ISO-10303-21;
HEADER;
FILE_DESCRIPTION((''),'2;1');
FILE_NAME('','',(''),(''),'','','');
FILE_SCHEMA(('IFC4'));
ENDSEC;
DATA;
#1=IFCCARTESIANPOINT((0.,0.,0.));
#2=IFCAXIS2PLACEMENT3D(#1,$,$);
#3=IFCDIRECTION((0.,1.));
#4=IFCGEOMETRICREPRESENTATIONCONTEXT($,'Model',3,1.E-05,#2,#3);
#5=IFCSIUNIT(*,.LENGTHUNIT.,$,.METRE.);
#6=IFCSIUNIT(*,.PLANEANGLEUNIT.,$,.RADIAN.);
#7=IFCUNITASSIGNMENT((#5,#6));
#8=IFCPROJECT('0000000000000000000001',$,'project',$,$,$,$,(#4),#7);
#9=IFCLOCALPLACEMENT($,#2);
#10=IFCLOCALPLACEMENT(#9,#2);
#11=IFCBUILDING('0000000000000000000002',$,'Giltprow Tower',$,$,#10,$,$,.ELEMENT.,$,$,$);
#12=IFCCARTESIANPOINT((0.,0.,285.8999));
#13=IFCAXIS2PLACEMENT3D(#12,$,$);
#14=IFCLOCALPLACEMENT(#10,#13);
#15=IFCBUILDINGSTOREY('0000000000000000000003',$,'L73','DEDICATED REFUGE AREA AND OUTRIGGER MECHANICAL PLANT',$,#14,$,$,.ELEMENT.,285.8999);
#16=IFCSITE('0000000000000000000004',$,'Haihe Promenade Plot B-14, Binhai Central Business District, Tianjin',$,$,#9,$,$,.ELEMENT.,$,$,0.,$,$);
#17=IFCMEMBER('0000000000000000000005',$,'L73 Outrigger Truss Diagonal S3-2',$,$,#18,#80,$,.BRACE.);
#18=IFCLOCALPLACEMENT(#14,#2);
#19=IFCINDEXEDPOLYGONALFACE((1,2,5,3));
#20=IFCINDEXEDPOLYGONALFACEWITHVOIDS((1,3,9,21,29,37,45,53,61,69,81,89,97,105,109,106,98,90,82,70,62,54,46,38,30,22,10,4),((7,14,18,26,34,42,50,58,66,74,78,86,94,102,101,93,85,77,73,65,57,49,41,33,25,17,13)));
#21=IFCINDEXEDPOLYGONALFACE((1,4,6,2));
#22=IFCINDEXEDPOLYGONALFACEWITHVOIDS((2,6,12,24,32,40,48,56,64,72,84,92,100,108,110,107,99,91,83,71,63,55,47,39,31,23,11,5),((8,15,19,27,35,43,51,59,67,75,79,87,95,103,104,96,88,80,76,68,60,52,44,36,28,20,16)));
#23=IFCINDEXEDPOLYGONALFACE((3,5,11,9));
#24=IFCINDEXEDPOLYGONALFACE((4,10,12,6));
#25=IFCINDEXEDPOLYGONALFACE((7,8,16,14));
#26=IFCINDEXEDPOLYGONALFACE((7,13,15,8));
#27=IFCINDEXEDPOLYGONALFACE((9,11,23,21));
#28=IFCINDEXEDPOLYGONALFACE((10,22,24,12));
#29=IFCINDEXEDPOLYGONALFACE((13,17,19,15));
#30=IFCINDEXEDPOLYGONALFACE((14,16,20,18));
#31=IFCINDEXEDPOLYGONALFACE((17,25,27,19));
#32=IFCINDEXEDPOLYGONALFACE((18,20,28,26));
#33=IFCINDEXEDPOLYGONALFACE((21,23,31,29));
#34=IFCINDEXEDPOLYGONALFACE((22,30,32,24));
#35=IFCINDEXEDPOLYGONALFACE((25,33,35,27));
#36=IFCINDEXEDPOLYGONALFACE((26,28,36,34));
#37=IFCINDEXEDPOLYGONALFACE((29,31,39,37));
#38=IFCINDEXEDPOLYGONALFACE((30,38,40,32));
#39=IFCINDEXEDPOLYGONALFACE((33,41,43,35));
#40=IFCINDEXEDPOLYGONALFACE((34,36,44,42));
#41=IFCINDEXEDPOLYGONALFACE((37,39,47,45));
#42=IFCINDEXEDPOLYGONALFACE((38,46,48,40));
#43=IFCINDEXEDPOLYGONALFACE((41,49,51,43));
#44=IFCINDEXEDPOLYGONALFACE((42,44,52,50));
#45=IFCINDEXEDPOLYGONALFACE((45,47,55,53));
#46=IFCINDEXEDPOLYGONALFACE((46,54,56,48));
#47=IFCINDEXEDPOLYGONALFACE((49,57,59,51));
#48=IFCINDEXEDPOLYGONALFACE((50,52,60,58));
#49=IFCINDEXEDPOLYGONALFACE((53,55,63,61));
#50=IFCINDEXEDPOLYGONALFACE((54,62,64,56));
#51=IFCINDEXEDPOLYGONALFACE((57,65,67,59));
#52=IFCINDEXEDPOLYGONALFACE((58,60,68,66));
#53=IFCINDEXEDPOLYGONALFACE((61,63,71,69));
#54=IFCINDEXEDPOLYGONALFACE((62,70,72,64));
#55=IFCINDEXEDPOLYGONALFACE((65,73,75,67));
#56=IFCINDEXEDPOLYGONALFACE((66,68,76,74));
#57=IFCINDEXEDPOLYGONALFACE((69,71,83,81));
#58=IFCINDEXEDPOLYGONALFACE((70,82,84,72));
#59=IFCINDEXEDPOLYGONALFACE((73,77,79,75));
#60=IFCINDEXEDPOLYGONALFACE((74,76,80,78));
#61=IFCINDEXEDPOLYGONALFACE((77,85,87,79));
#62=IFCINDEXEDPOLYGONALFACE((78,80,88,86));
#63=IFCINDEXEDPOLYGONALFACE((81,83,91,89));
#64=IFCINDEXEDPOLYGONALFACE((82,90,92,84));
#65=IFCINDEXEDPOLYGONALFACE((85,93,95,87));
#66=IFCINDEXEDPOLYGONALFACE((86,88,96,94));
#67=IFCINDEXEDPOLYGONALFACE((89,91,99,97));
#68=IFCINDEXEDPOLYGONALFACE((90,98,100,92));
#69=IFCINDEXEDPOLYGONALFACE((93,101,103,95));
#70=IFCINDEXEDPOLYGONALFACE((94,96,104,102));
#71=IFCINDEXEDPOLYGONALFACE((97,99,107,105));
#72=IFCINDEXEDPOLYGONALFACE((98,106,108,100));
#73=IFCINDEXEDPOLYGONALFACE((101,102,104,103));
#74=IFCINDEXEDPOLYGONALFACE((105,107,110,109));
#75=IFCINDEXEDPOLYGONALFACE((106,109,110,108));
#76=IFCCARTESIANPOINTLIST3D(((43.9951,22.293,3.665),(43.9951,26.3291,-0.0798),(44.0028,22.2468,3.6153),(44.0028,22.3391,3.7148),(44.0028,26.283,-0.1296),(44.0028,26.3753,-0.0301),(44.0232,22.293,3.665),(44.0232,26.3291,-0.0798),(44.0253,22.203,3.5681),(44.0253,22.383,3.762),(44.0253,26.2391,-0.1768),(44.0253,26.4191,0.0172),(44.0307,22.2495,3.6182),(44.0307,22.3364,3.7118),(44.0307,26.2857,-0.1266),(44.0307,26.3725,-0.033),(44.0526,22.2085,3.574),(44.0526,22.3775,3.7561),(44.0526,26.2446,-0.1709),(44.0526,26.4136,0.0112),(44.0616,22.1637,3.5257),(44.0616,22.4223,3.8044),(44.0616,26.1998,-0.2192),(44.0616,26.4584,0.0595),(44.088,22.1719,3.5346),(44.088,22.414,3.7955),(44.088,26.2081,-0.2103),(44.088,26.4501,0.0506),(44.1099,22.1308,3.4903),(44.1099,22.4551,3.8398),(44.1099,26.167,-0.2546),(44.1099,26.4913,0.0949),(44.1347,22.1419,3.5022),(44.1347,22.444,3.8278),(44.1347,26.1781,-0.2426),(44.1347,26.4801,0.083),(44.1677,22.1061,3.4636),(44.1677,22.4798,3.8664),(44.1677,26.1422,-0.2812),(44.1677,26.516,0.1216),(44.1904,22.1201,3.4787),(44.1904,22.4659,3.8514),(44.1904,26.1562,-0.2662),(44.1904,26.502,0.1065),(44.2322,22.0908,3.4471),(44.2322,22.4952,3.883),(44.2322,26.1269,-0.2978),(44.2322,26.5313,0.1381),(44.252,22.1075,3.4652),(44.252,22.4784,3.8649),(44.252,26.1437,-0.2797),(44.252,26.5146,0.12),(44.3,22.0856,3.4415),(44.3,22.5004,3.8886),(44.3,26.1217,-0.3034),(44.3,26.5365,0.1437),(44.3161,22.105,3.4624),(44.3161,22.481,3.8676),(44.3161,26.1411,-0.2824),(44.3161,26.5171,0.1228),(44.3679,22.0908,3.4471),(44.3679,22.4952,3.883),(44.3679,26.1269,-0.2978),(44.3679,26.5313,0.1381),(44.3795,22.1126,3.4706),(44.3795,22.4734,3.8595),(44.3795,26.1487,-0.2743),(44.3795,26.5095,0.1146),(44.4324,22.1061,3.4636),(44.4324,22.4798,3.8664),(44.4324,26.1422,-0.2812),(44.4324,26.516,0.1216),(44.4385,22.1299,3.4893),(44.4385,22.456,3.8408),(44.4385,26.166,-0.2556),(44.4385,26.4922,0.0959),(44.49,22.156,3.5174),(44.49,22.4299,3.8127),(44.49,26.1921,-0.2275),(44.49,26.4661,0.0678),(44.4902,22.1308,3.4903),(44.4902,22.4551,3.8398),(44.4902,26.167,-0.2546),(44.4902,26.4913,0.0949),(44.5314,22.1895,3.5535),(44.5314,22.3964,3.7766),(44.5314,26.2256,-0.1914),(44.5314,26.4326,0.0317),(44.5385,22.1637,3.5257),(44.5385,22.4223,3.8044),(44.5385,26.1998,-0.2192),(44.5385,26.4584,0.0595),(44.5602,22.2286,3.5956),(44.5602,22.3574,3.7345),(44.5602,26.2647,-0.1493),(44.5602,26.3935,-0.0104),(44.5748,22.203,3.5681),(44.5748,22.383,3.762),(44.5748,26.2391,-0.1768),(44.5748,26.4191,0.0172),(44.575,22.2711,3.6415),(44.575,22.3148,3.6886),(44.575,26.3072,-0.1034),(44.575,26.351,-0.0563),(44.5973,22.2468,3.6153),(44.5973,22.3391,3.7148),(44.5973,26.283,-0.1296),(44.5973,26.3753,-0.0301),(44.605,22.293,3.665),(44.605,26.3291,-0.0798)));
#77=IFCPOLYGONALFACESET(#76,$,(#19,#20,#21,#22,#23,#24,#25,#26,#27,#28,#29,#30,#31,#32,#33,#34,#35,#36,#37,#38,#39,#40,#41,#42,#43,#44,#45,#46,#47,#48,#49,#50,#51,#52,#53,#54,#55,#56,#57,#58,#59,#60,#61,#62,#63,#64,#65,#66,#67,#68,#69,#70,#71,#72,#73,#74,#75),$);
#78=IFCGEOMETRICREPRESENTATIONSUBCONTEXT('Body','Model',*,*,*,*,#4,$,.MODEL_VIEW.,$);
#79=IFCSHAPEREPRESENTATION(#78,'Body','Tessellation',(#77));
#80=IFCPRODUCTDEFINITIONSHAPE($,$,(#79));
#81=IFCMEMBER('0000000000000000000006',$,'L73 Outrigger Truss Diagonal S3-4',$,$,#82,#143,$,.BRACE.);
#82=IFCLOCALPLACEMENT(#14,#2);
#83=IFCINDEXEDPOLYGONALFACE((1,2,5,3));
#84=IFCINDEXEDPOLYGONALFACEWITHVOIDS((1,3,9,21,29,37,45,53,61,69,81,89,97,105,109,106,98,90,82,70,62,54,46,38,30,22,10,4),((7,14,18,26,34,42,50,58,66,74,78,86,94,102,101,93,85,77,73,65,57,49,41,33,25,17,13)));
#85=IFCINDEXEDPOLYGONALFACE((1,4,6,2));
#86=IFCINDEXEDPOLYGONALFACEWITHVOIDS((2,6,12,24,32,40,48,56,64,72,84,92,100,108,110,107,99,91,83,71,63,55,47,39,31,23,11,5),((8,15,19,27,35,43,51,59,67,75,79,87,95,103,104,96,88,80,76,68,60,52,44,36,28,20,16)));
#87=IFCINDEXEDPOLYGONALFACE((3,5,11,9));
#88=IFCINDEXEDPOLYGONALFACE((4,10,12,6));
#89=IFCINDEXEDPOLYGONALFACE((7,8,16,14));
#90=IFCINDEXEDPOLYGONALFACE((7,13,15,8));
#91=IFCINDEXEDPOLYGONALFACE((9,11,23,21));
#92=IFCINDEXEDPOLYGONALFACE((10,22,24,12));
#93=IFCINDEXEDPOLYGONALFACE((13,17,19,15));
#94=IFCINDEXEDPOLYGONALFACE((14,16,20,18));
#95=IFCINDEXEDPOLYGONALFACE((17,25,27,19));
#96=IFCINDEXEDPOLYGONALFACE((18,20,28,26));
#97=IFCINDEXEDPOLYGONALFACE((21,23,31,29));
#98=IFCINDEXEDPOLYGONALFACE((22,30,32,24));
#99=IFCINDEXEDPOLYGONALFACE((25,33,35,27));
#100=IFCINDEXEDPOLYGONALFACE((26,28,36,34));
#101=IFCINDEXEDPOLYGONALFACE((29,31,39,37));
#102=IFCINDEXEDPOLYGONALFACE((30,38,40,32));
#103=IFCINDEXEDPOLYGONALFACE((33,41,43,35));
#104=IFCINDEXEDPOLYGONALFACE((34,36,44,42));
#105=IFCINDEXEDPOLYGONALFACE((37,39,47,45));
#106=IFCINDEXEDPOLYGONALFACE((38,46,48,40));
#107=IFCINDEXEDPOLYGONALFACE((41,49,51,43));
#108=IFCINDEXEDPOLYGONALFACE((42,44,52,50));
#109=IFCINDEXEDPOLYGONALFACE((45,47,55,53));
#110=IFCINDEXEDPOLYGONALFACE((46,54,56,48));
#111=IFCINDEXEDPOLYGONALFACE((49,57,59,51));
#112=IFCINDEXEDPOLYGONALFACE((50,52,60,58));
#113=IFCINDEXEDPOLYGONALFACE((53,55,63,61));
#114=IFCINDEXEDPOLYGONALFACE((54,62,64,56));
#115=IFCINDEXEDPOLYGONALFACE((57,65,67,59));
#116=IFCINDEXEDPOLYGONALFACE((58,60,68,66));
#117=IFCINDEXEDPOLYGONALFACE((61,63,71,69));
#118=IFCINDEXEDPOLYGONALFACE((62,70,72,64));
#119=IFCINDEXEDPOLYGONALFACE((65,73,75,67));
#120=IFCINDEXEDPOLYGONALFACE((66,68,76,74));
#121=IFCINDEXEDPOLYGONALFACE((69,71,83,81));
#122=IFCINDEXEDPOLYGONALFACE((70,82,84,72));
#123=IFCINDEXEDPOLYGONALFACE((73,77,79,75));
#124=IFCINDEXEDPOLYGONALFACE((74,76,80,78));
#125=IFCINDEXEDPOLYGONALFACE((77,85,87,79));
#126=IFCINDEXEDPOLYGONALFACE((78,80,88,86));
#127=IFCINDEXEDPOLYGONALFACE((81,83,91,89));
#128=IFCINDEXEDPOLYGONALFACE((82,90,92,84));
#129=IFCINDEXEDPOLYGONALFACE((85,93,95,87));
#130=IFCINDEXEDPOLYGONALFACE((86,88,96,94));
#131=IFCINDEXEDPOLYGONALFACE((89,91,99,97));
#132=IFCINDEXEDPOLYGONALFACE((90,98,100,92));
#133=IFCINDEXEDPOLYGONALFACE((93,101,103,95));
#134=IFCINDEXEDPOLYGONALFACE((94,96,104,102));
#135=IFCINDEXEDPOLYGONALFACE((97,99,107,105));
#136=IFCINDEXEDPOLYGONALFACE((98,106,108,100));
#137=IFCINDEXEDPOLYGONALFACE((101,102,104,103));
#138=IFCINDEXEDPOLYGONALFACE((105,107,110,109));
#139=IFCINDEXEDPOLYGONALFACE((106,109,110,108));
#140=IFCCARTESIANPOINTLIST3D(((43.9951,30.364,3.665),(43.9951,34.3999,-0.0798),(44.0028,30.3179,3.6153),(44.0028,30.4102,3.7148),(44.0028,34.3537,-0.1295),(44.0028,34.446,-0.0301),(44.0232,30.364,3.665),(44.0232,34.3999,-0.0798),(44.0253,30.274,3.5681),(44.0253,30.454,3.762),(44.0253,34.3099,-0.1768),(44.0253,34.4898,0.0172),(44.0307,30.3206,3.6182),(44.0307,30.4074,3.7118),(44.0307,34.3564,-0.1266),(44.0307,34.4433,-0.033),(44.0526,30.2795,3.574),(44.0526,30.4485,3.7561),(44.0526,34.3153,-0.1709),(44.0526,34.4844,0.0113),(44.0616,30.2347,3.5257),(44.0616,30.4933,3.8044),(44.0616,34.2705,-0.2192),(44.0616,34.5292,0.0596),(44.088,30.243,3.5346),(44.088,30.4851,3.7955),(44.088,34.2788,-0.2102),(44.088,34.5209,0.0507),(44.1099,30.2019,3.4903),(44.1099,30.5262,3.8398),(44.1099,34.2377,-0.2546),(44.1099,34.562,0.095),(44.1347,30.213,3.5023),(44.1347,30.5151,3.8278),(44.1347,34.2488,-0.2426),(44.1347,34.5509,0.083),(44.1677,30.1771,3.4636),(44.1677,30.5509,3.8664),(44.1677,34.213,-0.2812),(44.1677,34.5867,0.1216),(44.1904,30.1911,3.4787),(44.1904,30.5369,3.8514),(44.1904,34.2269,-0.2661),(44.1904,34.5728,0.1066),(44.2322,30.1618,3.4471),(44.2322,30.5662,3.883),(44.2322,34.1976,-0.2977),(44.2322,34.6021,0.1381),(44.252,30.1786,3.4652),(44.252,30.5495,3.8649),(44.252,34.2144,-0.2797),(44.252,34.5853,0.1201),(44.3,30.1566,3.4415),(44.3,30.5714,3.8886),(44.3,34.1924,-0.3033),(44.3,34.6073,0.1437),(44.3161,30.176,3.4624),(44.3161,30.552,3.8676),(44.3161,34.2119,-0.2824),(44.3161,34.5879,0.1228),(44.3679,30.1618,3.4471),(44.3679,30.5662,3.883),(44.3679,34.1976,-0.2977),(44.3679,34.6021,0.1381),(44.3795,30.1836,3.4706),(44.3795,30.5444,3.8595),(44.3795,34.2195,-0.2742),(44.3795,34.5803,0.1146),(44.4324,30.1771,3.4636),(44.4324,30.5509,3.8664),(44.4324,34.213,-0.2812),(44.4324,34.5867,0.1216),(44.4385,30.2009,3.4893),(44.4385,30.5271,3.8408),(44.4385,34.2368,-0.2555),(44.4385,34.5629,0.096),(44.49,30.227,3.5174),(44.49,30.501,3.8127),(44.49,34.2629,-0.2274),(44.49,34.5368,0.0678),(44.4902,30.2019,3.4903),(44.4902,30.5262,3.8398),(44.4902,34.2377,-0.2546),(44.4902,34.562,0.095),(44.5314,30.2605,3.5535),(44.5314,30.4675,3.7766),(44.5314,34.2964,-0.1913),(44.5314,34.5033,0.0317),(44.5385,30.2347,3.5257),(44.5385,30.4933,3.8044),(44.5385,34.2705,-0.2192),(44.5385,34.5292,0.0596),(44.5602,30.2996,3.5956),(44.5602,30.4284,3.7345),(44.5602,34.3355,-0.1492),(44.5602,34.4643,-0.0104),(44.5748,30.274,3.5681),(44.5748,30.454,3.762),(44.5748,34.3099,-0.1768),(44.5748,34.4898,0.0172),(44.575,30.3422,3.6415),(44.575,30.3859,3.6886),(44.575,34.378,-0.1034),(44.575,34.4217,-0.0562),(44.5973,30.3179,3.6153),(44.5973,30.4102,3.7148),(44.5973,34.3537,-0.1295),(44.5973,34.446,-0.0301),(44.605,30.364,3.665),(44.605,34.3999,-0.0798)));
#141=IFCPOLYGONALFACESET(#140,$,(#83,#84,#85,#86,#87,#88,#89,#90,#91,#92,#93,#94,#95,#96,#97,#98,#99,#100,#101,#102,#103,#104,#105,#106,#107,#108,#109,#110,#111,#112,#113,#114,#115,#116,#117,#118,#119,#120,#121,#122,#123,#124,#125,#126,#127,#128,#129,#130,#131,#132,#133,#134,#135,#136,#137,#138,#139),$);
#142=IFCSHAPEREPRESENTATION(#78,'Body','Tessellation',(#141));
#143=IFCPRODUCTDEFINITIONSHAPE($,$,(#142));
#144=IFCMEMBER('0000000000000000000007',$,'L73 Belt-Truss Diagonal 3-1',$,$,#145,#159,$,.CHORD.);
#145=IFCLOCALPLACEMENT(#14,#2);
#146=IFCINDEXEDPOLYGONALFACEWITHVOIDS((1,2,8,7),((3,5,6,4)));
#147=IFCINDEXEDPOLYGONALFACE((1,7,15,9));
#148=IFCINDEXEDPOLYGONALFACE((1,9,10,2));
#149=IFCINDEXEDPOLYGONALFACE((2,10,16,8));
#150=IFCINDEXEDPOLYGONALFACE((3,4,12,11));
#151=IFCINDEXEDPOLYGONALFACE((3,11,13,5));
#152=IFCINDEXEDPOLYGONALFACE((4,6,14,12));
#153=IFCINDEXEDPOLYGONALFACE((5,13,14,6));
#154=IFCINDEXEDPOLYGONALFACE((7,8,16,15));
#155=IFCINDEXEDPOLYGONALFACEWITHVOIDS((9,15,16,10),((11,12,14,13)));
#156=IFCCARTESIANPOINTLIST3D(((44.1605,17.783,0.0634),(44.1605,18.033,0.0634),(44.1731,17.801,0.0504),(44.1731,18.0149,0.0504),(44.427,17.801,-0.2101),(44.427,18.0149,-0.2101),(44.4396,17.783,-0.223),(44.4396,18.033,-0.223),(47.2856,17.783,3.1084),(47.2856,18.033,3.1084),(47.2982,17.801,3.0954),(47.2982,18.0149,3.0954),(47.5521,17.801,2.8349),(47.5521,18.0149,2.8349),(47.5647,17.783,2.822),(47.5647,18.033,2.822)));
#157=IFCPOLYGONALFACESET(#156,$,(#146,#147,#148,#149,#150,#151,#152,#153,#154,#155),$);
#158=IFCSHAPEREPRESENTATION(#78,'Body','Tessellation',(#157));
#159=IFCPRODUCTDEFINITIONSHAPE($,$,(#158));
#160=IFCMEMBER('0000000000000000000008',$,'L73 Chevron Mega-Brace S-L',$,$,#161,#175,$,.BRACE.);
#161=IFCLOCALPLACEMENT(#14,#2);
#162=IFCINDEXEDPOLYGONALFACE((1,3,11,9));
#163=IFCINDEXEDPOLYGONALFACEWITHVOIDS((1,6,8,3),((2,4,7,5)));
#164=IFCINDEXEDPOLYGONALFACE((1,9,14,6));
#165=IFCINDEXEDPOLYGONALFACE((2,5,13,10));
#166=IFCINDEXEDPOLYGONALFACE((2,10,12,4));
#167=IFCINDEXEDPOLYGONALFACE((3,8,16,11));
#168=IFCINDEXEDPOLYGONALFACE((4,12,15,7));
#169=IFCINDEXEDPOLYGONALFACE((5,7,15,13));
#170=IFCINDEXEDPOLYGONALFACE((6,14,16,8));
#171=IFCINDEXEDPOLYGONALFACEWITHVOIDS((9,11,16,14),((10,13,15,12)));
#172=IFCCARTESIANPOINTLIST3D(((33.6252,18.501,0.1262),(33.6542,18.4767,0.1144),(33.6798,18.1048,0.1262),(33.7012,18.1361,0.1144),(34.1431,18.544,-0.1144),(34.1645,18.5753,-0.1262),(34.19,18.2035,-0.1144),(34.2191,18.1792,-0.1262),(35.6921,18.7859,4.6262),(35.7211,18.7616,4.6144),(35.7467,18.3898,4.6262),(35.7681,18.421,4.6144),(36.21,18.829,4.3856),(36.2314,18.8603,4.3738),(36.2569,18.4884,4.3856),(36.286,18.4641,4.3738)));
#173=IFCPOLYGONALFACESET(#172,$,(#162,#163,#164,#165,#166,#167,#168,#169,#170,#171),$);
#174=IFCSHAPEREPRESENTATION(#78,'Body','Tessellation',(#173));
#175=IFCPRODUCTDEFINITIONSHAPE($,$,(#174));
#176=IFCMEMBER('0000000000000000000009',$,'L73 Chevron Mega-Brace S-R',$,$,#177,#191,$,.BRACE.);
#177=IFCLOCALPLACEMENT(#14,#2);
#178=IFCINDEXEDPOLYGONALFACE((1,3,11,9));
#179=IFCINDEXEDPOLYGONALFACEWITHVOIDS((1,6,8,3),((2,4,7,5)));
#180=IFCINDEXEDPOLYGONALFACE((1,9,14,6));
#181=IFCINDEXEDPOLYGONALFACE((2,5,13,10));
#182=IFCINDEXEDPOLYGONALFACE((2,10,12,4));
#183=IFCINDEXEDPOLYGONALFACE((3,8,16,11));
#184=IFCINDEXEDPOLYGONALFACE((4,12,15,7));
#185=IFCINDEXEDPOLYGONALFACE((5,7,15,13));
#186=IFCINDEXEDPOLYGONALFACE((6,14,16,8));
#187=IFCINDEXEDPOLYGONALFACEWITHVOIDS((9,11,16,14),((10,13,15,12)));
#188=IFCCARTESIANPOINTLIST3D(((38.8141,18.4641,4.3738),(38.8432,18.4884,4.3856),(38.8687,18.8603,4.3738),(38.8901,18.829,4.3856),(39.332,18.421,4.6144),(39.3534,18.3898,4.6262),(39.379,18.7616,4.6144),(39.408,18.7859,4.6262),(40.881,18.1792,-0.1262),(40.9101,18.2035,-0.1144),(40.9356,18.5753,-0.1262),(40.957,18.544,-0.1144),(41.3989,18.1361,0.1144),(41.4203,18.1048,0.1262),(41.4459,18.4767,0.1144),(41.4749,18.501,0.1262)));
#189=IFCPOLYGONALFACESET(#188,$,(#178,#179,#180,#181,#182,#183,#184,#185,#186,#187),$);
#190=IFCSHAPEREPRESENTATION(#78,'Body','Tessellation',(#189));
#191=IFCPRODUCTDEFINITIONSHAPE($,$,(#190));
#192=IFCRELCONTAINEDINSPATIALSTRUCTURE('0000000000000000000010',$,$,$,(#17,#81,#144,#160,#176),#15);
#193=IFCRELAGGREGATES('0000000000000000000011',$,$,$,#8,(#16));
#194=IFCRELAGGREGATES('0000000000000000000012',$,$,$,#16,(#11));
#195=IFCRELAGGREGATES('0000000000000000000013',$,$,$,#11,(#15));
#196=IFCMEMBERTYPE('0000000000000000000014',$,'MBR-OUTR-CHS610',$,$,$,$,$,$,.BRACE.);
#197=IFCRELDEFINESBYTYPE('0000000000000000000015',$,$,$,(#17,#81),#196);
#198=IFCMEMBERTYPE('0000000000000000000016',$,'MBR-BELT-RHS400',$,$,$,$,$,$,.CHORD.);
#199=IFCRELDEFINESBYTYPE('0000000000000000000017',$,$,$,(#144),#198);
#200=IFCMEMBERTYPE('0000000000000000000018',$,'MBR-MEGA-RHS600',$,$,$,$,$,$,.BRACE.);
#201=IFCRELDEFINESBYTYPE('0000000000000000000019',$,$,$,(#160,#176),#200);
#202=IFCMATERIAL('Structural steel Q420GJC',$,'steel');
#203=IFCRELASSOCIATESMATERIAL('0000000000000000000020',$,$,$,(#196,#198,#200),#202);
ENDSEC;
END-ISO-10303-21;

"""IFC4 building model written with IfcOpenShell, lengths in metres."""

from ifc_helpers import new_model, si_unit, direction, frame, origin, origin_2d, place, context, subcontext, project, spatial, hollow_rectangle, hollow_circle, extrude, source, transform, mapped, material, material_profile, profile_set, type_object, element, save


model = new_model("IFC4")

# Units and contexts
model_context = context("Model", 3, precision=1e-05, world=origin(), true_north=direction((0.0, 1.0)))
body_context = subcontext(model_context, "Body", "Model", "MODEL_VIEW")
ifc_project = project(units=[si_unit("LENGTHUNIT", "METRE"), si_unit("PLANEANGLEUNIT", "RADIAN")], contexts=[model_context])

# Site, building, storey
site_placement = place(None, origin())
site = spatial("IfcSite", under=ifc_project, at=site_placement, Name="Haihe Promenade Plot B-14, Binhai Central Business District, Tianjin", CompositionType="ELEMENT", RefElevation=0.0)
building_placement = place(site_placement, origin())
building = spatial("IfcBuilding", under=site, at=building_placement, Name="Giltprow Tower", CompositionType="ELEMENT")
storey_placement = place(building_placement, frame((0.0, 0.0, 285.8999)))
storey = spatial("IfcBuildingStorey", under=building, at=storey_placement, Name="L73", Description="DEDICATED REFUGE AREA AND OUTRIGGER MECHANICAL PLANT", CompositionType="ELEMENT", Elevation=285.8999)

# Shared definitions
ifc_material_1 = material(Name="Structural steel Q420GJC", Category="steel")

# Members
ifc_material_profile_1 = material_profile(ifc_material_1, hollow_circle(Radius=0.3049, WallThickness=0.0281, at=origin_2d()), Name="CHS 610x28")
ifc_profile_set_1 = profile_set([ifc_material_profile_1], Name="Structural steel Q420GJC")
member_type_1 = type_object("IfcMemberType", Name="MBR-OUTR-CHS610", PredefinedType="BRACE", material=ifc_profile_set_1)
shared_shape_1 = source(origin(), body_context, "Body", "SweptSolid", [
    extrude(hollow_circle(Radius=0.3049, WallThickness=0.0281, at=origin_2d()), origin(), (0.0, 0.0, 1.0), 5.5059),
])
member_1_placement = place(storey_placement, frame((44.3, 22.293, 3.665), z_axis=(0.0, 0.733062, -0.680162), x_axis=(-1.0, 0.0, 0.0)))
element("IfcMember", 1, at=member_1_placement, inside=storey, type_object=member_type_1, Name="L73 Outrigger Truss Diagonal S3-2", PredefinedType="BRACE", context=body_context, shape_type="MappedRepresentation", body=[
    mapped(shared_shape_1, transform((0.0, 0.0, 0.0), x_axis=(1.0, 0.0, 0.0), y_axis=(0.0, 1.0, 0.0), z_axis=(0.0, 0.0, 1.0), scale=1.0)),
])
shared_shape_2 = source(origin(), body_context, "Body", "SweptSolid", [
    extrude(hollow_circle(Radius=0.3049, WallThickness=0.0281, at=origin_2d()), origin(), (0.0, 0.0, 1.0), 5.5056),
])
member_2_placement = place(storey_placement, frame((44.3, 30.364, 3.665), z_axis=(0.0, 0.733041, -0.680184), x_axis=(-1.0, 0.0, 0.0)))
element("IfcMember", 2, at=member_2_placement, inside=storey, type_object=member_type_1, Name="L73 Outrigger Truss Diagonal S3-4", PredefinedType="BRACE", context=body_context, shape_type="MappedRepresentation", body=[
    mapped(shared_shape_2, transform((0.0, 0.0, 0.0), x_axis=(1.0, 0.0, 0.0), y_axis=(0.0, 1.0, 0.0), z_axis=(0.0, 0.0, 1.0), scale=1.0)),
])
ifc_material_profile_2 = material_profile(ifc_material_1, hollow_rectangle(XDim=0.25, YDim=0.3999, WallThickness=0.0181, at=origin_2d()), Name="RHS 400x250x18")
ifc_profile_set_2 = profile_set([ifc_material_profile_2], Name="Structural steel Q420GJC")
member_type_2 = type_object("IfcMemberType", Name="MBR-BELT-RHS400", PredefinedType="CHORD", material=ifc_profile_set_2)
shared_shape_3 = source(origin(), body_context, "Body", "SweptSolid", [
    extrude(hollow_rectangle(XDim=0.25, YDim=0.3999, WallThickness=0.0181, at=origin_2d()), origin(), (0.0, 0.0, 1.0), 4.3633),
])
member_3_placement = place(storey_placement, frame((44.3, 17.908, -0.0798), z_axis=(0.716224, 0.0, 0.697871), x_axis=(0.0, 1.0, 0.0)))
element("IfcMember", 3, at=member_3_placement, inside=storey, type_object=member_type_2, Name="L73 Belt-Truss Diagonal 3-1", PredefinedType="CHORD", context=body_context, shape_type="MappedRepresentation", body=[
    mapped(shared_shape_3, transform((0.0, 0.0, 0.0), x_axis=(1.0, 0.0, 0.0), y_axis=(0.0, 1.0, 0.0), z_axis=(0.0, 0.0, 1.0), scale=1.0)),
])
ifc_material_profile_3 = material_profile(ifc_material_1, hollow_rectangle(XDim=0.3999, YDim=0.6001, WallThickness=0.0281, at=origin_2d()), Name="RHS 600x400x28")
ifc_profile_set_3 = profile_set([ifc_material_profile_3], Name="Structural steel Q420GJC")
member_type_3 = type_object("IfcMemberType", Name="MBR-MEGA-RHS600", PredefinedType="BRACE", material=ifc_profile_set_3)
shared_shape_4 = source(origin(), body_context, "Body", "SweptSolid", [
    extrude(hollow_rectangle(XDim=0.3999, YDim=0.6001, WallThickness=0.0281, at=origin_2d()), origin(), (0.0, 0.0, 1.0), 4.9602),
])
for number, where, z_axis, x_axis, name in (
    (4, (33.9221, 18.3401, 0.0), (0.416699, 0.05744, 0.907228), (-0.136554, 0.990633, 0.0), "L73 Chevron Mega-Brace S-L"),
    (5, (41.178, 18.3401, 0.0), (-0.416699, 0.05744, 0.907228), (-0.136554, -0.990633, 0.0), "L73 Chevron Mega-Brace S-R"),
):
    element("IfcMember", number, at=place(storey_placement, frame(where, z_axis=z_axis, x_axis=x_axis)), inside=storey, type_object=member_type_3, Name=name, PredefinedType="BRACE", context=body_context, shape_type="MappedRepresentation", body=[
        mapped(shared_shape_4, transform((0.0, 0.0, 0.0), x_axis=(1.0, 0.0, 0.0), y_axis=(0.0, 1.0, 0.0), z_axis=(0.0, 0.0, 1.0), scale=1.0)),
    ])

save(model, "model.ifc")
